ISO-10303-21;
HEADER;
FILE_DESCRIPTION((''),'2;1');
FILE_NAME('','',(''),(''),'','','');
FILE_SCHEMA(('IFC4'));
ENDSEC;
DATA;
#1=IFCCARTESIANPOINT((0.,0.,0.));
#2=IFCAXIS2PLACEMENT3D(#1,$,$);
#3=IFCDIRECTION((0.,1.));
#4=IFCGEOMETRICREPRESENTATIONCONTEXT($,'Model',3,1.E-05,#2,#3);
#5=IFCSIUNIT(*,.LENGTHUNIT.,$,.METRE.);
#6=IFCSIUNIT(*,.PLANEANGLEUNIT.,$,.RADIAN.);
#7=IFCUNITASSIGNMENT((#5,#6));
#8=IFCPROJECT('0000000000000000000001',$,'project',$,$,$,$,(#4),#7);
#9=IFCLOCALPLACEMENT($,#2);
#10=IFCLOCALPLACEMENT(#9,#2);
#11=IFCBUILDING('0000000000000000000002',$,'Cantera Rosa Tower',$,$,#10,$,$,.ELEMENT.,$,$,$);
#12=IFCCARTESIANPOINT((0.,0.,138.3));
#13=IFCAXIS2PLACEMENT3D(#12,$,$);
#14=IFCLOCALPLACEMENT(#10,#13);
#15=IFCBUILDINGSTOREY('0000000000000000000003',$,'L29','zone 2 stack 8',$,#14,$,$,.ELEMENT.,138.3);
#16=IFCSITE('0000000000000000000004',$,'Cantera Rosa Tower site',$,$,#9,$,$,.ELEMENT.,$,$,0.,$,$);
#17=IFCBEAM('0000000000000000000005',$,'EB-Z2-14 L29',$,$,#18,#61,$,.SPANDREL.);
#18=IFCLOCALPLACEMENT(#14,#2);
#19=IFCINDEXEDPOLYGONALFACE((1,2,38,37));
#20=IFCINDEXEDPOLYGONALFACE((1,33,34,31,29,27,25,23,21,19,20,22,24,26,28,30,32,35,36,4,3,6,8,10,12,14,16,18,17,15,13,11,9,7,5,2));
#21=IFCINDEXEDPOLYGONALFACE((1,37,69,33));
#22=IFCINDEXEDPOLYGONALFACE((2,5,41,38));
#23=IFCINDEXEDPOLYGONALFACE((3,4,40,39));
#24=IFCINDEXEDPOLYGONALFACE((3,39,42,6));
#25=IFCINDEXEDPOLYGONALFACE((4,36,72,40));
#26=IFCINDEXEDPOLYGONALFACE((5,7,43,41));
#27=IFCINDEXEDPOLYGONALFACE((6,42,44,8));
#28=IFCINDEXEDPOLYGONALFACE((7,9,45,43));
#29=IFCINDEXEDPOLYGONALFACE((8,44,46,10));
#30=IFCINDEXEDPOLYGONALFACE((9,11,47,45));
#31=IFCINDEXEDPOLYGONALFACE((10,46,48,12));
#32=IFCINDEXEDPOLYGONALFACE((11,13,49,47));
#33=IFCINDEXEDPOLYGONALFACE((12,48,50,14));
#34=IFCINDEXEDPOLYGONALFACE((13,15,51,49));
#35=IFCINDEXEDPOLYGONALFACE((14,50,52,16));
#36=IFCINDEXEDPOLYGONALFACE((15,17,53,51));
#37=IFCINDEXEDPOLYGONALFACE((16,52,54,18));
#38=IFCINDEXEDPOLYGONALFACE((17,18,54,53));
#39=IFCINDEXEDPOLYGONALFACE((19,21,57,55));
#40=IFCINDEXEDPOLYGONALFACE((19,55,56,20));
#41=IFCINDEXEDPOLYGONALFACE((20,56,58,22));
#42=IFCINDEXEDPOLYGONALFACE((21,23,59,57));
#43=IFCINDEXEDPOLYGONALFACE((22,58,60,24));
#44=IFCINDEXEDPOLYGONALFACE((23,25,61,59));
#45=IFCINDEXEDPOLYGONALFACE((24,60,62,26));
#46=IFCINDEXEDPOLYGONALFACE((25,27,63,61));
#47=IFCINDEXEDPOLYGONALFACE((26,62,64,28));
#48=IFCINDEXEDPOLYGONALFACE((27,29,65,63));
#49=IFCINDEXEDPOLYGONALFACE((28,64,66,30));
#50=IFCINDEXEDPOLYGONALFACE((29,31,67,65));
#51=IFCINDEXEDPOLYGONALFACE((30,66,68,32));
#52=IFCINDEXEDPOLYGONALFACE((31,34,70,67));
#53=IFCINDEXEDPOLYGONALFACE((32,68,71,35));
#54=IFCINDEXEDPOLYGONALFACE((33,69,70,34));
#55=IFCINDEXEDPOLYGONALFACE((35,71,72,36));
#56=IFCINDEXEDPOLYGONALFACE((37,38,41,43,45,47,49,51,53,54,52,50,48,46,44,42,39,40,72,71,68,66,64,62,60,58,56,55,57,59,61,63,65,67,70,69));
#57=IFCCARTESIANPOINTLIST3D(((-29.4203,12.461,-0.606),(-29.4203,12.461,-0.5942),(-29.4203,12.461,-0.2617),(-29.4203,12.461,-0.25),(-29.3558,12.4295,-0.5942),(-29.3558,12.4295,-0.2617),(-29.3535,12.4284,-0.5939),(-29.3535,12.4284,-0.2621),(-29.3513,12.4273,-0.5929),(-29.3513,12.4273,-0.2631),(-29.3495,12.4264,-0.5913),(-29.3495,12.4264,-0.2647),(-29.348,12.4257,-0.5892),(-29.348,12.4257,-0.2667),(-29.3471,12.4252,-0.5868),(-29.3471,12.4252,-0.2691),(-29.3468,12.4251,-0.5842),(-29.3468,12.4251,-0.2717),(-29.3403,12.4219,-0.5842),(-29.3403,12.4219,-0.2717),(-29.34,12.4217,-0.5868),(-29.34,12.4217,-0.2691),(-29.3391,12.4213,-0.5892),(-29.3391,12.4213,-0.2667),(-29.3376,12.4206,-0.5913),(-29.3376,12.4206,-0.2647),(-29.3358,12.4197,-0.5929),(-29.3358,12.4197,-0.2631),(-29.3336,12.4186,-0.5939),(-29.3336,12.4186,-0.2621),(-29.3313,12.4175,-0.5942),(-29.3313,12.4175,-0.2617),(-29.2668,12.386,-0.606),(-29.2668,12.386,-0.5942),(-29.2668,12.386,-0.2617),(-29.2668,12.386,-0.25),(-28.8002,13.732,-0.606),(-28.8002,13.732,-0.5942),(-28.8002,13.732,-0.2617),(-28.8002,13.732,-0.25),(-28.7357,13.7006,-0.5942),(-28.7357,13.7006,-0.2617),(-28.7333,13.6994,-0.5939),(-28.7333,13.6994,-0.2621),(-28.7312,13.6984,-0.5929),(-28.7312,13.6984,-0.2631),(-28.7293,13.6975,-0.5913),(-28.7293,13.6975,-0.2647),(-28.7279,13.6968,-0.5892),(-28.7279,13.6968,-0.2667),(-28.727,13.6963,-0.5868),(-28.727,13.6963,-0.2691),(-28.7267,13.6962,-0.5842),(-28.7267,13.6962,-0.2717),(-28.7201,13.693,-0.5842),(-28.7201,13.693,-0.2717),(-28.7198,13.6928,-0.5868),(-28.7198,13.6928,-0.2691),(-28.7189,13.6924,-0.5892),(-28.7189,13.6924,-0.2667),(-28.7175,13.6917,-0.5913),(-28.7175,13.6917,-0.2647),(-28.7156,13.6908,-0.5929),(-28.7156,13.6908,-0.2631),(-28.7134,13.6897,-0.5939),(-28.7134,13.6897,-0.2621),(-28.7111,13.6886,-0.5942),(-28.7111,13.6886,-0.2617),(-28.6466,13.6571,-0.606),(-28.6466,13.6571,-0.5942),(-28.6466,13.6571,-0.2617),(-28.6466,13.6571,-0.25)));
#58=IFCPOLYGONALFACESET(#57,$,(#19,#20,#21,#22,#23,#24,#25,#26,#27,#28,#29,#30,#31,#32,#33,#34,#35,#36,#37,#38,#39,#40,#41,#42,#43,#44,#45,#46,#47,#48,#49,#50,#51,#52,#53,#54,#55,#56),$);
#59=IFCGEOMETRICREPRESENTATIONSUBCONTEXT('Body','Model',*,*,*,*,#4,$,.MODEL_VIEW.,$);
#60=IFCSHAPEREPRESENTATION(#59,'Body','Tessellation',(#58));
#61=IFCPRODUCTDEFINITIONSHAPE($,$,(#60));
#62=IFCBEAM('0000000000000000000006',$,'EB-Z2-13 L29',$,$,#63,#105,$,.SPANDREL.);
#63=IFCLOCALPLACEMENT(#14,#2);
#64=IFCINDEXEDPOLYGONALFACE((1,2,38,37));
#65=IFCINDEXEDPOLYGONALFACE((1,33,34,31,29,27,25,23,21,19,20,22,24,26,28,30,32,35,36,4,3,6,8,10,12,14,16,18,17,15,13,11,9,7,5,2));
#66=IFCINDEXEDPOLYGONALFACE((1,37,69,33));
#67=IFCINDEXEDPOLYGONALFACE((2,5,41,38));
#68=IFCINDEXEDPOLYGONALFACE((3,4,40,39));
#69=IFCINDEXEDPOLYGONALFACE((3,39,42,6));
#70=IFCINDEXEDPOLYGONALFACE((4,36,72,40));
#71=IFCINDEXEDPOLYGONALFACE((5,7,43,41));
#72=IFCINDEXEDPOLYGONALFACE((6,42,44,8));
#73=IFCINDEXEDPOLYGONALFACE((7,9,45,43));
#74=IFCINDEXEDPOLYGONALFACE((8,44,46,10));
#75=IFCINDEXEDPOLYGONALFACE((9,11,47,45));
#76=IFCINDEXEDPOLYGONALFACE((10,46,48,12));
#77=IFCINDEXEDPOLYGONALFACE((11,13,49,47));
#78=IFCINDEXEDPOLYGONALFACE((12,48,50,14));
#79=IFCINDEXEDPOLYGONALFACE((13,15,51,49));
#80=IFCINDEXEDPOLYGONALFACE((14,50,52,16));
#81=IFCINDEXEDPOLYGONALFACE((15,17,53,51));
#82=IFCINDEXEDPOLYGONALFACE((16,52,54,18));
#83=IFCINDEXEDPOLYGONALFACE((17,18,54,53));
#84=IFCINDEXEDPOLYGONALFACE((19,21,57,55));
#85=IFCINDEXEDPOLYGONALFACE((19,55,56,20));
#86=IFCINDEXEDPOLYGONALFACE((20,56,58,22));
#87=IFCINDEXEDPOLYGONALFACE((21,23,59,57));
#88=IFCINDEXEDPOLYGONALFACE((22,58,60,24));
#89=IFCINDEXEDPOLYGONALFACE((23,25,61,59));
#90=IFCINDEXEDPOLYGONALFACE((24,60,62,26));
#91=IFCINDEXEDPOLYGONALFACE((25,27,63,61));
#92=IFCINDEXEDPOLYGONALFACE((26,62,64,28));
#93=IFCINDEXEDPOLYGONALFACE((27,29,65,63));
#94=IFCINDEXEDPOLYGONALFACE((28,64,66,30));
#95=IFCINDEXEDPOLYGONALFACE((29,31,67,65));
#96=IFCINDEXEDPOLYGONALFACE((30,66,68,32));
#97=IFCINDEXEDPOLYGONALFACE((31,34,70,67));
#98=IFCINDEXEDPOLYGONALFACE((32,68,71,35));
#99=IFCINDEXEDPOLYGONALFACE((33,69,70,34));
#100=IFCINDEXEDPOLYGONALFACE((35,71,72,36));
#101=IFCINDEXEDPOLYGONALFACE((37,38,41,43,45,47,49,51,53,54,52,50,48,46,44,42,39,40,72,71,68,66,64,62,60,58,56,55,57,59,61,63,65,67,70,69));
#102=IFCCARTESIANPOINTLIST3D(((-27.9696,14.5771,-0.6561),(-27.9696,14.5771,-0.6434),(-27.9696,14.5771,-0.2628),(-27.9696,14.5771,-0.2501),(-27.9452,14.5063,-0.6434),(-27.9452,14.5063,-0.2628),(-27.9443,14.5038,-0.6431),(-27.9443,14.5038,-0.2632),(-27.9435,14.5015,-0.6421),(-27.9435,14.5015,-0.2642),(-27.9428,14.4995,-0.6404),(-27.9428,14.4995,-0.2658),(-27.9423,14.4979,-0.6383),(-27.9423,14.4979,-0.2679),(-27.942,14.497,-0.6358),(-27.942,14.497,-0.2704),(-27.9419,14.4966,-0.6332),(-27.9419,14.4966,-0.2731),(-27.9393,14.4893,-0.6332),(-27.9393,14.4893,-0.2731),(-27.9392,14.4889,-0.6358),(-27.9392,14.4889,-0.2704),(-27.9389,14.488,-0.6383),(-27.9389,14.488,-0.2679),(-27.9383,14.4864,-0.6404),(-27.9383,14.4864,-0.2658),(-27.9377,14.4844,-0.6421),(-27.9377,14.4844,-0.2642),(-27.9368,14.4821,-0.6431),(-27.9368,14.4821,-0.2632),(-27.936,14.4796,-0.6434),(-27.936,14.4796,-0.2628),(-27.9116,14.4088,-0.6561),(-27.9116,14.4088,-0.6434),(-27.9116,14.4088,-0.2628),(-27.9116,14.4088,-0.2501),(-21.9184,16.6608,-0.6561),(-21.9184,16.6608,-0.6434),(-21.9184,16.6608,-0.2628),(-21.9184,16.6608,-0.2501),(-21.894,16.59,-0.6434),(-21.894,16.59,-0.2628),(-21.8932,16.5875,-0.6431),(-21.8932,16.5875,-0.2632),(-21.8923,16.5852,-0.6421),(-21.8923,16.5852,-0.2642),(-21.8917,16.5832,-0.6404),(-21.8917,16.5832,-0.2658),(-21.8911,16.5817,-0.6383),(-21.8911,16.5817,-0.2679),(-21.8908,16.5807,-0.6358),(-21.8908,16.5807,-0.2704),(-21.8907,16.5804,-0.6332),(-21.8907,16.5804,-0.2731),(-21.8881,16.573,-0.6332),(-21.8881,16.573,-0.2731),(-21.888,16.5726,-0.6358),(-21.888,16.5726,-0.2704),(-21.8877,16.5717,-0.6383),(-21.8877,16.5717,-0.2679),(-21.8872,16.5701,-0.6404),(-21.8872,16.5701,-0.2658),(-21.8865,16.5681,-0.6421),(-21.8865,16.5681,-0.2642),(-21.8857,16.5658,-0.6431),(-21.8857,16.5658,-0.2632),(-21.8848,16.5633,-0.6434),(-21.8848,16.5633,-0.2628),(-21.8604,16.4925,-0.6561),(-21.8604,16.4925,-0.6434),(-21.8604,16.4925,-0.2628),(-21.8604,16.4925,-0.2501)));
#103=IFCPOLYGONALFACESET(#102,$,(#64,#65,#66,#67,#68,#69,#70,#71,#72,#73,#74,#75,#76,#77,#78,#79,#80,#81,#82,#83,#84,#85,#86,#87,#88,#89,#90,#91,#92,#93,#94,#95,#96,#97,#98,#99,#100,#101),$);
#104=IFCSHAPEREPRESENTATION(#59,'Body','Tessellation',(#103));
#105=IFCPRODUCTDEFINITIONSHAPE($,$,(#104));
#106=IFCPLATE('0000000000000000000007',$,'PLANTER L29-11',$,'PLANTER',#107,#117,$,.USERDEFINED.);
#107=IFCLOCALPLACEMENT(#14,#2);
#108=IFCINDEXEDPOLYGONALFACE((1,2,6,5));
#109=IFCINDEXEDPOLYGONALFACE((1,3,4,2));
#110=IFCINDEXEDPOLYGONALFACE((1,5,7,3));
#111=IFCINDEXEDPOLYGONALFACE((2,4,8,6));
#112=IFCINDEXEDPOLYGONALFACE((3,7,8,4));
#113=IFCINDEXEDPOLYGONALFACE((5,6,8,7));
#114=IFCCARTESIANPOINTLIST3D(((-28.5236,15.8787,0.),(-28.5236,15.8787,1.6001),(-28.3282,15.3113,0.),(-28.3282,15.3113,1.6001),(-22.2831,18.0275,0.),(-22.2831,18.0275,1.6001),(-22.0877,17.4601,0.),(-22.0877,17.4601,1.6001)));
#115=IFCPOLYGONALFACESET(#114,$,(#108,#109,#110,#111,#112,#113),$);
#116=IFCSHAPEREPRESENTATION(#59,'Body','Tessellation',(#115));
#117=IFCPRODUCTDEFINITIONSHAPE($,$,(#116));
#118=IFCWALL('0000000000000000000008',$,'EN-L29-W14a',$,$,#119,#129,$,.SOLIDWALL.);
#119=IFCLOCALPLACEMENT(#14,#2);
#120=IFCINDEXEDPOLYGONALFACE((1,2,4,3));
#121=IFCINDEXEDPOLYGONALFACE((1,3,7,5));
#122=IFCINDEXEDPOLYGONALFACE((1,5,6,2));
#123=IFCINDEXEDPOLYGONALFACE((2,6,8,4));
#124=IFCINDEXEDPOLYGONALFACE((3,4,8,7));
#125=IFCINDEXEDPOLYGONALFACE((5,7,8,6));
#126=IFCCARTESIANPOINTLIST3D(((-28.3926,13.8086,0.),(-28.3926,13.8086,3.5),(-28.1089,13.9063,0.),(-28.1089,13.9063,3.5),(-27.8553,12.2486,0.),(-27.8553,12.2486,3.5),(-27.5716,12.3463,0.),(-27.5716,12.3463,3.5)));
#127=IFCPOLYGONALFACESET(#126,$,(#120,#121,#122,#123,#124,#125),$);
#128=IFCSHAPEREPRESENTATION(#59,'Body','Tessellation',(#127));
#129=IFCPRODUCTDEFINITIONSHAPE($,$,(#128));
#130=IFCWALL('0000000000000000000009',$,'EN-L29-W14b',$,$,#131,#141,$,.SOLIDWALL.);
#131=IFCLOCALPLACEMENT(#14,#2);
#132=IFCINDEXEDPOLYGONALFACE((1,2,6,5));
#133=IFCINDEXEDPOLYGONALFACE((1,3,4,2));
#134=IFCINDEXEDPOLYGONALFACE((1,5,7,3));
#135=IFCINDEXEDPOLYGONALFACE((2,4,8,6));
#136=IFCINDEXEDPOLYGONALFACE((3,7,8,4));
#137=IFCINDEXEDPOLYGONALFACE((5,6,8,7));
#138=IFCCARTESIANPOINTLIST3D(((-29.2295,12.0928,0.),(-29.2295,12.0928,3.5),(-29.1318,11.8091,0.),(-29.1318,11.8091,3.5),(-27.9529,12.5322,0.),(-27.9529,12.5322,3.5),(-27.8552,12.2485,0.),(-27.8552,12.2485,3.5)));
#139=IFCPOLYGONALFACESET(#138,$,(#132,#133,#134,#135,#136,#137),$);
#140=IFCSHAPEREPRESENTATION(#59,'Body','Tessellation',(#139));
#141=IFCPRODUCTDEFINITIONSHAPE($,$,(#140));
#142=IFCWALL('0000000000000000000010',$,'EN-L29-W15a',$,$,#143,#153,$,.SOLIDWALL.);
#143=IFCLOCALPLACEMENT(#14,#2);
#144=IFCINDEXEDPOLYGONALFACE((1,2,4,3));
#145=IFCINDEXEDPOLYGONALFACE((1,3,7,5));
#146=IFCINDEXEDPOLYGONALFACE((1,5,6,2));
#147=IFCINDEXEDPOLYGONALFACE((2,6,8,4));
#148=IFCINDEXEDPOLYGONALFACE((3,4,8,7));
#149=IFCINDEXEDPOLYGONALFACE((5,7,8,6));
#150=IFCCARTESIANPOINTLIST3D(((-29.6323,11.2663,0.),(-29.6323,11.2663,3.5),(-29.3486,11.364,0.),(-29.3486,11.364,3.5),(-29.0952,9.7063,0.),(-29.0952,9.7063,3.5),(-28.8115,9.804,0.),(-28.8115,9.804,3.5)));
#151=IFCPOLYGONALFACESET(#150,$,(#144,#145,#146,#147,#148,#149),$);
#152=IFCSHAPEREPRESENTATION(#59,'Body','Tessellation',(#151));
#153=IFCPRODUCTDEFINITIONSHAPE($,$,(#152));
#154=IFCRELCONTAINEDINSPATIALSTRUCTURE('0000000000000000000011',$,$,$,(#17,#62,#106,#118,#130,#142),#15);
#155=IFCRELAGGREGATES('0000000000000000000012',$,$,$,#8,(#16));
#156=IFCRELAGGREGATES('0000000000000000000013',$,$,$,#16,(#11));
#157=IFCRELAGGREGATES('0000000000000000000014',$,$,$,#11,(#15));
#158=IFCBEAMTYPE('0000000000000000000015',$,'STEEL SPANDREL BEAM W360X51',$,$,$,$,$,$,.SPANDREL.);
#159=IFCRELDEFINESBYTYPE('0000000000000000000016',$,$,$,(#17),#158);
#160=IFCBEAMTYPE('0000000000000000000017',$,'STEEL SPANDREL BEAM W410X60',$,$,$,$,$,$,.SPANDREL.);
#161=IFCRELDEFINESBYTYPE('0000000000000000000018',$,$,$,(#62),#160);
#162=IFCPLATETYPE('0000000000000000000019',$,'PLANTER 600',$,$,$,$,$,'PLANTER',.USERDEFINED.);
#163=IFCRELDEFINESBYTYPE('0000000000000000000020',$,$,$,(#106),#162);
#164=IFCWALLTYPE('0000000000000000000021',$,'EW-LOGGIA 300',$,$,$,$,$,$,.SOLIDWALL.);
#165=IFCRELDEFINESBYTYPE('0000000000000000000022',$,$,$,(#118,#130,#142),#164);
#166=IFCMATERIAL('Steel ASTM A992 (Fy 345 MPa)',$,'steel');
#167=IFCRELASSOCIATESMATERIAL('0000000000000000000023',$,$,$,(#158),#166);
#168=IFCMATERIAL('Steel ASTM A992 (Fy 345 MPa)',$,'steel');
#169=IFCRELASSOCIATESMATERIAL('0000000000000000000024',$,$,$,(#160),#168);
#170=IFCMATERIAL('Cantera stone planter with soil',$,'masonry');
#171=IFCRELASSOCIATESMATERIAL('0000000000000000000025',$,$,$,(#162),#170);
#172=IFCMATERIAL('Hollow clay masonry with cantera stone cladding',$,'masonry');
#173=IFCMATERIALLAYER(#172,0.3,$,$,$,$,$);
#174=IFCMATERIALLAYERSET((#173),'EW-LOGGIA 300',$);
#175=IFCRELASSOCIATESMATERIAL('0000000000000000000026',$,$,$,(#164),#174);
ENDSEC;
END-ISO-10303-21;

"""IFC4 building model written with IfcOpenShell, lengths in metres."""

from ifc_helpers import new_model, si_unit, direction, frame, frame_2d, origin, origin_2d, place, context, subcontext, project, spatial, rectangle, i_section, extrude, material, layer, layer_set, material_profile, profile_set, type_object, element, save


model = new_model("IFC4")

# Units and contexts
model_context = context("Model", 3, precision=1e-05, world=origin(), true_north=direction((0.0, 1.0)))
body_context = subcontext(model_context, "Body", "Model", "MODEL_VIEW")
ifc_project = project(units=[si_unit("LENGTHUNIT", "METRE"), si_unit("PLANEANGLEUNIT", "RADIAN")], contexts=[model_context])

# Site, building, storey
site_placement = place(None, origin())
site = spatial("IfcSite", under=ifc_project, at=site_placement, Name="Cantera Rosa Tower site", CompositionType="ELEMENT", RefElevation=0.0)
building_placement = place(site_placement, origin())
building = spatial("IfcBuilding", under=site, at=building_placement, Name="Cantera Rosa Tower", CompositionType="ELEMENT")
storey_placement = place(building_placement, frame((0.0, 0.0, 138.3)))
storey = spatial("IfcBuildingStorey", under=building, at=storey_placement, Name="L29", Description="zone 2 stack 8", CompositionType="ELEMENT", Elevation=138.3)

# Beams
ifc_material_1 = material(Name="Steel ASTM A992 (Fy 345 MPa)", Category="steel")
ifc_material_profile_1 = material_profile(ifc_material_1, i_section(OverallWidth=0.1709, OverallDepth=0.356, WebThickness=0.0073, FlangeThickness=0.0117, FilletRadius=0.01, at=origin_2d()), Name="W360X51")
ifc_profile_set_1 = profile_set([ifc_material_profile_1], Name="Steel ASTM A992 (Fy 345 MPa)")
beam_type_1 = type_object("IfcBeamType", Name="STEEL SPANDREL BEAM W360X51", PredefinedType="SPANDREL", material=ifc_profile_set_1)
beam_1_placement = place(storey_placement, frame((-28.7234, 13.6946, -0.428), z_axis=(-0.438492, -0.898735, 0.0), x_axis=(0.898735, -0.438492, 0.0)))
element("IfcBeam", 1, at=beam_1_placement, inside=storey, type_object=beam_type_1, Name="EB-Z2-14 L29", PredefinedType="SPANDREL", context=body_context, shape_type="SweptSolid", body=[
    extrude(i_section(OverallWidth=0.1709, OverallDepth=0.356, WebThickness=0.0073, FlangeThickness=0.0117, FilletRadius=0.01, at=origin_2d()), origin(), (0.0, 0.0, 1.0), 1.4143),
])
ifc_material_2 = material(Name="Steel ASTM A992 (Fy 345 MPa)", Category="steel")
ifc_material_profile_2 = material_profile(ifc_material_2, i_section(OverallWidth=0.178, OverallDepth=0.406, WebThickness=0.0078, FlangeThickness=0.0127, FilletRadius=0.0103, at=origin_2d()), Name="W410X60")
ifc_profile_set_2 = profile_set([ifc_material_profile_2], Name="Steel ASTM A992 (Fy 345 MPa)")
beam_type_2 = type_object("IfcBeamType", Name="STEEL SPANDREL BEAM W410X60", PredefinedType="SPANDREL", material=ifc_profile_set_2)
beam_2_placement = place(storey_placement, frame((-21.8894, 16.5767, -0.4531), z_axis=(-0.945513, -0.325585, 0.0), x_axis=(0.325585, -0.945513, 0.0)))
element("IfcBeam", 2, at=beam_2_placement, inside=storey, type_object=beam_type_2, Name="EB-Z2-13 L29", PredefinedType="SPANDREL", context=body_context, shape_type="SweptSolid", body=[
    extrude(i_section(OverallWidth=0.178, OverallDepth=0.406, WebThickness=0.0078, FlangeThickness=0.0127, FilletRadius=0.0103, at=origin_2d()), origin(), (0.0, 0.0, 1.0), 6.3999),
])

# Plate
ifc_material_3 = material(Name="Cantera stone planter with soil", Category="masonry")
plate_type = type_object("IfcPlateType", Name="PLANTER 600", ElementType="PLANTER", PredefinedType="USERDEFINED", material=ifc_material_3)
plate_placement = place(storey_placement, frame((-25.3057, 16.6694, 0.0), z_axis=(0.0, 0.0, 1.0), x_axis=(-0.945519, -0.325568, 0.0)))
element("IfcPlate", 3, at=plate_placement, inside=storey, type_object=plate_type, Name="PLANTER L29-11", ObjectType="PLANTER", PredefinedType="USERDEFINED", context=body_context, shape_type="SweptSolid", body=[
    extrude(rectangle(XDim=6.6001, YDim=0.6001, at=origin_2d()), origin(), (0.0, 0.0, 1.0), 1.6001),
])

# Walls
ifc_material_4 = material(Name="Hollow clay masonry with cantera stone cladding", Category="masonry")
ifc_layer_1 = layer(ifc_material_4, 0.3)
ifc_layer_set_1 = layer_set([ifc_layer_1], Name="EW-LOGGIA 300")
wall_type_1 = type_object("IfcWallType", Name="EW-LOGGIA 300", PredefinedType="SOLIDWALL", material=ifc_layer_set_1)
wall_1_placement = place(storey_placement, frame((-28.2507, 13.8574, 0.0), z_axis=(0.0, 0.0, 1.0), x_axis=(0.325667, -0.945485, 0.0)))
element("IfcWall", 4, at=wall_1_placement, inside=storey, type_object=wall_type_1, Name="EN-L29-W14a", PredefinedType="SOLIDWALL", context=body_context, shape_type="SweptSolid", body=[
    extrude(rectangle(XDim=1.6499, YDim=0.3, at=frame_2d((0.825, 0.0))), origin(), (0.0, 0.0, 1.0), 3.5),
])
wall_2_placement = place(storey_placement, frame((-27.9041, 12.3904, 0.0), z_axis=(0.0, 0.0, 1.0), x_axis=(-0.945546, -0.325489, 0.0)))
element("IfcWall", 5, at=wall_2_placement, inside=storey, type_object=wall_type_1, Name="EN-L29-W14b", PredefinedType="SOLIDWALL", context=body_context, shape_type="SweptSolid", body=[
    extrude(rectangle(XDim=1.3501, YDim=0.3, at=frame_2d((0.675, 0.0))), origin(), (0.0, 0.0, 1.0), 3.5),
])
wall_3_placement = place(storey_placement, frame((-29.4905, 11.3152, 0.0), z_axis=(0.0, 0.0, 1.0), x_axis=(0.325535, -0.94553, 0.0)))
element("IfcWall", 6, at=wall_3_placement, inside=storey, type_object=wall_type_1, Name="EN-L29-W15a", PredefinedType="SOLIDWALL", context=body_context, shape_type="SweptSolid", body=[
    extrude(rectangle(XDim=1.6499, YDim=0.3, at=frame_2d((0.825, 0.0))), origin(), (0.0, 0.0, 1.0), 3.5),
])

save(model, "model.ifc")
